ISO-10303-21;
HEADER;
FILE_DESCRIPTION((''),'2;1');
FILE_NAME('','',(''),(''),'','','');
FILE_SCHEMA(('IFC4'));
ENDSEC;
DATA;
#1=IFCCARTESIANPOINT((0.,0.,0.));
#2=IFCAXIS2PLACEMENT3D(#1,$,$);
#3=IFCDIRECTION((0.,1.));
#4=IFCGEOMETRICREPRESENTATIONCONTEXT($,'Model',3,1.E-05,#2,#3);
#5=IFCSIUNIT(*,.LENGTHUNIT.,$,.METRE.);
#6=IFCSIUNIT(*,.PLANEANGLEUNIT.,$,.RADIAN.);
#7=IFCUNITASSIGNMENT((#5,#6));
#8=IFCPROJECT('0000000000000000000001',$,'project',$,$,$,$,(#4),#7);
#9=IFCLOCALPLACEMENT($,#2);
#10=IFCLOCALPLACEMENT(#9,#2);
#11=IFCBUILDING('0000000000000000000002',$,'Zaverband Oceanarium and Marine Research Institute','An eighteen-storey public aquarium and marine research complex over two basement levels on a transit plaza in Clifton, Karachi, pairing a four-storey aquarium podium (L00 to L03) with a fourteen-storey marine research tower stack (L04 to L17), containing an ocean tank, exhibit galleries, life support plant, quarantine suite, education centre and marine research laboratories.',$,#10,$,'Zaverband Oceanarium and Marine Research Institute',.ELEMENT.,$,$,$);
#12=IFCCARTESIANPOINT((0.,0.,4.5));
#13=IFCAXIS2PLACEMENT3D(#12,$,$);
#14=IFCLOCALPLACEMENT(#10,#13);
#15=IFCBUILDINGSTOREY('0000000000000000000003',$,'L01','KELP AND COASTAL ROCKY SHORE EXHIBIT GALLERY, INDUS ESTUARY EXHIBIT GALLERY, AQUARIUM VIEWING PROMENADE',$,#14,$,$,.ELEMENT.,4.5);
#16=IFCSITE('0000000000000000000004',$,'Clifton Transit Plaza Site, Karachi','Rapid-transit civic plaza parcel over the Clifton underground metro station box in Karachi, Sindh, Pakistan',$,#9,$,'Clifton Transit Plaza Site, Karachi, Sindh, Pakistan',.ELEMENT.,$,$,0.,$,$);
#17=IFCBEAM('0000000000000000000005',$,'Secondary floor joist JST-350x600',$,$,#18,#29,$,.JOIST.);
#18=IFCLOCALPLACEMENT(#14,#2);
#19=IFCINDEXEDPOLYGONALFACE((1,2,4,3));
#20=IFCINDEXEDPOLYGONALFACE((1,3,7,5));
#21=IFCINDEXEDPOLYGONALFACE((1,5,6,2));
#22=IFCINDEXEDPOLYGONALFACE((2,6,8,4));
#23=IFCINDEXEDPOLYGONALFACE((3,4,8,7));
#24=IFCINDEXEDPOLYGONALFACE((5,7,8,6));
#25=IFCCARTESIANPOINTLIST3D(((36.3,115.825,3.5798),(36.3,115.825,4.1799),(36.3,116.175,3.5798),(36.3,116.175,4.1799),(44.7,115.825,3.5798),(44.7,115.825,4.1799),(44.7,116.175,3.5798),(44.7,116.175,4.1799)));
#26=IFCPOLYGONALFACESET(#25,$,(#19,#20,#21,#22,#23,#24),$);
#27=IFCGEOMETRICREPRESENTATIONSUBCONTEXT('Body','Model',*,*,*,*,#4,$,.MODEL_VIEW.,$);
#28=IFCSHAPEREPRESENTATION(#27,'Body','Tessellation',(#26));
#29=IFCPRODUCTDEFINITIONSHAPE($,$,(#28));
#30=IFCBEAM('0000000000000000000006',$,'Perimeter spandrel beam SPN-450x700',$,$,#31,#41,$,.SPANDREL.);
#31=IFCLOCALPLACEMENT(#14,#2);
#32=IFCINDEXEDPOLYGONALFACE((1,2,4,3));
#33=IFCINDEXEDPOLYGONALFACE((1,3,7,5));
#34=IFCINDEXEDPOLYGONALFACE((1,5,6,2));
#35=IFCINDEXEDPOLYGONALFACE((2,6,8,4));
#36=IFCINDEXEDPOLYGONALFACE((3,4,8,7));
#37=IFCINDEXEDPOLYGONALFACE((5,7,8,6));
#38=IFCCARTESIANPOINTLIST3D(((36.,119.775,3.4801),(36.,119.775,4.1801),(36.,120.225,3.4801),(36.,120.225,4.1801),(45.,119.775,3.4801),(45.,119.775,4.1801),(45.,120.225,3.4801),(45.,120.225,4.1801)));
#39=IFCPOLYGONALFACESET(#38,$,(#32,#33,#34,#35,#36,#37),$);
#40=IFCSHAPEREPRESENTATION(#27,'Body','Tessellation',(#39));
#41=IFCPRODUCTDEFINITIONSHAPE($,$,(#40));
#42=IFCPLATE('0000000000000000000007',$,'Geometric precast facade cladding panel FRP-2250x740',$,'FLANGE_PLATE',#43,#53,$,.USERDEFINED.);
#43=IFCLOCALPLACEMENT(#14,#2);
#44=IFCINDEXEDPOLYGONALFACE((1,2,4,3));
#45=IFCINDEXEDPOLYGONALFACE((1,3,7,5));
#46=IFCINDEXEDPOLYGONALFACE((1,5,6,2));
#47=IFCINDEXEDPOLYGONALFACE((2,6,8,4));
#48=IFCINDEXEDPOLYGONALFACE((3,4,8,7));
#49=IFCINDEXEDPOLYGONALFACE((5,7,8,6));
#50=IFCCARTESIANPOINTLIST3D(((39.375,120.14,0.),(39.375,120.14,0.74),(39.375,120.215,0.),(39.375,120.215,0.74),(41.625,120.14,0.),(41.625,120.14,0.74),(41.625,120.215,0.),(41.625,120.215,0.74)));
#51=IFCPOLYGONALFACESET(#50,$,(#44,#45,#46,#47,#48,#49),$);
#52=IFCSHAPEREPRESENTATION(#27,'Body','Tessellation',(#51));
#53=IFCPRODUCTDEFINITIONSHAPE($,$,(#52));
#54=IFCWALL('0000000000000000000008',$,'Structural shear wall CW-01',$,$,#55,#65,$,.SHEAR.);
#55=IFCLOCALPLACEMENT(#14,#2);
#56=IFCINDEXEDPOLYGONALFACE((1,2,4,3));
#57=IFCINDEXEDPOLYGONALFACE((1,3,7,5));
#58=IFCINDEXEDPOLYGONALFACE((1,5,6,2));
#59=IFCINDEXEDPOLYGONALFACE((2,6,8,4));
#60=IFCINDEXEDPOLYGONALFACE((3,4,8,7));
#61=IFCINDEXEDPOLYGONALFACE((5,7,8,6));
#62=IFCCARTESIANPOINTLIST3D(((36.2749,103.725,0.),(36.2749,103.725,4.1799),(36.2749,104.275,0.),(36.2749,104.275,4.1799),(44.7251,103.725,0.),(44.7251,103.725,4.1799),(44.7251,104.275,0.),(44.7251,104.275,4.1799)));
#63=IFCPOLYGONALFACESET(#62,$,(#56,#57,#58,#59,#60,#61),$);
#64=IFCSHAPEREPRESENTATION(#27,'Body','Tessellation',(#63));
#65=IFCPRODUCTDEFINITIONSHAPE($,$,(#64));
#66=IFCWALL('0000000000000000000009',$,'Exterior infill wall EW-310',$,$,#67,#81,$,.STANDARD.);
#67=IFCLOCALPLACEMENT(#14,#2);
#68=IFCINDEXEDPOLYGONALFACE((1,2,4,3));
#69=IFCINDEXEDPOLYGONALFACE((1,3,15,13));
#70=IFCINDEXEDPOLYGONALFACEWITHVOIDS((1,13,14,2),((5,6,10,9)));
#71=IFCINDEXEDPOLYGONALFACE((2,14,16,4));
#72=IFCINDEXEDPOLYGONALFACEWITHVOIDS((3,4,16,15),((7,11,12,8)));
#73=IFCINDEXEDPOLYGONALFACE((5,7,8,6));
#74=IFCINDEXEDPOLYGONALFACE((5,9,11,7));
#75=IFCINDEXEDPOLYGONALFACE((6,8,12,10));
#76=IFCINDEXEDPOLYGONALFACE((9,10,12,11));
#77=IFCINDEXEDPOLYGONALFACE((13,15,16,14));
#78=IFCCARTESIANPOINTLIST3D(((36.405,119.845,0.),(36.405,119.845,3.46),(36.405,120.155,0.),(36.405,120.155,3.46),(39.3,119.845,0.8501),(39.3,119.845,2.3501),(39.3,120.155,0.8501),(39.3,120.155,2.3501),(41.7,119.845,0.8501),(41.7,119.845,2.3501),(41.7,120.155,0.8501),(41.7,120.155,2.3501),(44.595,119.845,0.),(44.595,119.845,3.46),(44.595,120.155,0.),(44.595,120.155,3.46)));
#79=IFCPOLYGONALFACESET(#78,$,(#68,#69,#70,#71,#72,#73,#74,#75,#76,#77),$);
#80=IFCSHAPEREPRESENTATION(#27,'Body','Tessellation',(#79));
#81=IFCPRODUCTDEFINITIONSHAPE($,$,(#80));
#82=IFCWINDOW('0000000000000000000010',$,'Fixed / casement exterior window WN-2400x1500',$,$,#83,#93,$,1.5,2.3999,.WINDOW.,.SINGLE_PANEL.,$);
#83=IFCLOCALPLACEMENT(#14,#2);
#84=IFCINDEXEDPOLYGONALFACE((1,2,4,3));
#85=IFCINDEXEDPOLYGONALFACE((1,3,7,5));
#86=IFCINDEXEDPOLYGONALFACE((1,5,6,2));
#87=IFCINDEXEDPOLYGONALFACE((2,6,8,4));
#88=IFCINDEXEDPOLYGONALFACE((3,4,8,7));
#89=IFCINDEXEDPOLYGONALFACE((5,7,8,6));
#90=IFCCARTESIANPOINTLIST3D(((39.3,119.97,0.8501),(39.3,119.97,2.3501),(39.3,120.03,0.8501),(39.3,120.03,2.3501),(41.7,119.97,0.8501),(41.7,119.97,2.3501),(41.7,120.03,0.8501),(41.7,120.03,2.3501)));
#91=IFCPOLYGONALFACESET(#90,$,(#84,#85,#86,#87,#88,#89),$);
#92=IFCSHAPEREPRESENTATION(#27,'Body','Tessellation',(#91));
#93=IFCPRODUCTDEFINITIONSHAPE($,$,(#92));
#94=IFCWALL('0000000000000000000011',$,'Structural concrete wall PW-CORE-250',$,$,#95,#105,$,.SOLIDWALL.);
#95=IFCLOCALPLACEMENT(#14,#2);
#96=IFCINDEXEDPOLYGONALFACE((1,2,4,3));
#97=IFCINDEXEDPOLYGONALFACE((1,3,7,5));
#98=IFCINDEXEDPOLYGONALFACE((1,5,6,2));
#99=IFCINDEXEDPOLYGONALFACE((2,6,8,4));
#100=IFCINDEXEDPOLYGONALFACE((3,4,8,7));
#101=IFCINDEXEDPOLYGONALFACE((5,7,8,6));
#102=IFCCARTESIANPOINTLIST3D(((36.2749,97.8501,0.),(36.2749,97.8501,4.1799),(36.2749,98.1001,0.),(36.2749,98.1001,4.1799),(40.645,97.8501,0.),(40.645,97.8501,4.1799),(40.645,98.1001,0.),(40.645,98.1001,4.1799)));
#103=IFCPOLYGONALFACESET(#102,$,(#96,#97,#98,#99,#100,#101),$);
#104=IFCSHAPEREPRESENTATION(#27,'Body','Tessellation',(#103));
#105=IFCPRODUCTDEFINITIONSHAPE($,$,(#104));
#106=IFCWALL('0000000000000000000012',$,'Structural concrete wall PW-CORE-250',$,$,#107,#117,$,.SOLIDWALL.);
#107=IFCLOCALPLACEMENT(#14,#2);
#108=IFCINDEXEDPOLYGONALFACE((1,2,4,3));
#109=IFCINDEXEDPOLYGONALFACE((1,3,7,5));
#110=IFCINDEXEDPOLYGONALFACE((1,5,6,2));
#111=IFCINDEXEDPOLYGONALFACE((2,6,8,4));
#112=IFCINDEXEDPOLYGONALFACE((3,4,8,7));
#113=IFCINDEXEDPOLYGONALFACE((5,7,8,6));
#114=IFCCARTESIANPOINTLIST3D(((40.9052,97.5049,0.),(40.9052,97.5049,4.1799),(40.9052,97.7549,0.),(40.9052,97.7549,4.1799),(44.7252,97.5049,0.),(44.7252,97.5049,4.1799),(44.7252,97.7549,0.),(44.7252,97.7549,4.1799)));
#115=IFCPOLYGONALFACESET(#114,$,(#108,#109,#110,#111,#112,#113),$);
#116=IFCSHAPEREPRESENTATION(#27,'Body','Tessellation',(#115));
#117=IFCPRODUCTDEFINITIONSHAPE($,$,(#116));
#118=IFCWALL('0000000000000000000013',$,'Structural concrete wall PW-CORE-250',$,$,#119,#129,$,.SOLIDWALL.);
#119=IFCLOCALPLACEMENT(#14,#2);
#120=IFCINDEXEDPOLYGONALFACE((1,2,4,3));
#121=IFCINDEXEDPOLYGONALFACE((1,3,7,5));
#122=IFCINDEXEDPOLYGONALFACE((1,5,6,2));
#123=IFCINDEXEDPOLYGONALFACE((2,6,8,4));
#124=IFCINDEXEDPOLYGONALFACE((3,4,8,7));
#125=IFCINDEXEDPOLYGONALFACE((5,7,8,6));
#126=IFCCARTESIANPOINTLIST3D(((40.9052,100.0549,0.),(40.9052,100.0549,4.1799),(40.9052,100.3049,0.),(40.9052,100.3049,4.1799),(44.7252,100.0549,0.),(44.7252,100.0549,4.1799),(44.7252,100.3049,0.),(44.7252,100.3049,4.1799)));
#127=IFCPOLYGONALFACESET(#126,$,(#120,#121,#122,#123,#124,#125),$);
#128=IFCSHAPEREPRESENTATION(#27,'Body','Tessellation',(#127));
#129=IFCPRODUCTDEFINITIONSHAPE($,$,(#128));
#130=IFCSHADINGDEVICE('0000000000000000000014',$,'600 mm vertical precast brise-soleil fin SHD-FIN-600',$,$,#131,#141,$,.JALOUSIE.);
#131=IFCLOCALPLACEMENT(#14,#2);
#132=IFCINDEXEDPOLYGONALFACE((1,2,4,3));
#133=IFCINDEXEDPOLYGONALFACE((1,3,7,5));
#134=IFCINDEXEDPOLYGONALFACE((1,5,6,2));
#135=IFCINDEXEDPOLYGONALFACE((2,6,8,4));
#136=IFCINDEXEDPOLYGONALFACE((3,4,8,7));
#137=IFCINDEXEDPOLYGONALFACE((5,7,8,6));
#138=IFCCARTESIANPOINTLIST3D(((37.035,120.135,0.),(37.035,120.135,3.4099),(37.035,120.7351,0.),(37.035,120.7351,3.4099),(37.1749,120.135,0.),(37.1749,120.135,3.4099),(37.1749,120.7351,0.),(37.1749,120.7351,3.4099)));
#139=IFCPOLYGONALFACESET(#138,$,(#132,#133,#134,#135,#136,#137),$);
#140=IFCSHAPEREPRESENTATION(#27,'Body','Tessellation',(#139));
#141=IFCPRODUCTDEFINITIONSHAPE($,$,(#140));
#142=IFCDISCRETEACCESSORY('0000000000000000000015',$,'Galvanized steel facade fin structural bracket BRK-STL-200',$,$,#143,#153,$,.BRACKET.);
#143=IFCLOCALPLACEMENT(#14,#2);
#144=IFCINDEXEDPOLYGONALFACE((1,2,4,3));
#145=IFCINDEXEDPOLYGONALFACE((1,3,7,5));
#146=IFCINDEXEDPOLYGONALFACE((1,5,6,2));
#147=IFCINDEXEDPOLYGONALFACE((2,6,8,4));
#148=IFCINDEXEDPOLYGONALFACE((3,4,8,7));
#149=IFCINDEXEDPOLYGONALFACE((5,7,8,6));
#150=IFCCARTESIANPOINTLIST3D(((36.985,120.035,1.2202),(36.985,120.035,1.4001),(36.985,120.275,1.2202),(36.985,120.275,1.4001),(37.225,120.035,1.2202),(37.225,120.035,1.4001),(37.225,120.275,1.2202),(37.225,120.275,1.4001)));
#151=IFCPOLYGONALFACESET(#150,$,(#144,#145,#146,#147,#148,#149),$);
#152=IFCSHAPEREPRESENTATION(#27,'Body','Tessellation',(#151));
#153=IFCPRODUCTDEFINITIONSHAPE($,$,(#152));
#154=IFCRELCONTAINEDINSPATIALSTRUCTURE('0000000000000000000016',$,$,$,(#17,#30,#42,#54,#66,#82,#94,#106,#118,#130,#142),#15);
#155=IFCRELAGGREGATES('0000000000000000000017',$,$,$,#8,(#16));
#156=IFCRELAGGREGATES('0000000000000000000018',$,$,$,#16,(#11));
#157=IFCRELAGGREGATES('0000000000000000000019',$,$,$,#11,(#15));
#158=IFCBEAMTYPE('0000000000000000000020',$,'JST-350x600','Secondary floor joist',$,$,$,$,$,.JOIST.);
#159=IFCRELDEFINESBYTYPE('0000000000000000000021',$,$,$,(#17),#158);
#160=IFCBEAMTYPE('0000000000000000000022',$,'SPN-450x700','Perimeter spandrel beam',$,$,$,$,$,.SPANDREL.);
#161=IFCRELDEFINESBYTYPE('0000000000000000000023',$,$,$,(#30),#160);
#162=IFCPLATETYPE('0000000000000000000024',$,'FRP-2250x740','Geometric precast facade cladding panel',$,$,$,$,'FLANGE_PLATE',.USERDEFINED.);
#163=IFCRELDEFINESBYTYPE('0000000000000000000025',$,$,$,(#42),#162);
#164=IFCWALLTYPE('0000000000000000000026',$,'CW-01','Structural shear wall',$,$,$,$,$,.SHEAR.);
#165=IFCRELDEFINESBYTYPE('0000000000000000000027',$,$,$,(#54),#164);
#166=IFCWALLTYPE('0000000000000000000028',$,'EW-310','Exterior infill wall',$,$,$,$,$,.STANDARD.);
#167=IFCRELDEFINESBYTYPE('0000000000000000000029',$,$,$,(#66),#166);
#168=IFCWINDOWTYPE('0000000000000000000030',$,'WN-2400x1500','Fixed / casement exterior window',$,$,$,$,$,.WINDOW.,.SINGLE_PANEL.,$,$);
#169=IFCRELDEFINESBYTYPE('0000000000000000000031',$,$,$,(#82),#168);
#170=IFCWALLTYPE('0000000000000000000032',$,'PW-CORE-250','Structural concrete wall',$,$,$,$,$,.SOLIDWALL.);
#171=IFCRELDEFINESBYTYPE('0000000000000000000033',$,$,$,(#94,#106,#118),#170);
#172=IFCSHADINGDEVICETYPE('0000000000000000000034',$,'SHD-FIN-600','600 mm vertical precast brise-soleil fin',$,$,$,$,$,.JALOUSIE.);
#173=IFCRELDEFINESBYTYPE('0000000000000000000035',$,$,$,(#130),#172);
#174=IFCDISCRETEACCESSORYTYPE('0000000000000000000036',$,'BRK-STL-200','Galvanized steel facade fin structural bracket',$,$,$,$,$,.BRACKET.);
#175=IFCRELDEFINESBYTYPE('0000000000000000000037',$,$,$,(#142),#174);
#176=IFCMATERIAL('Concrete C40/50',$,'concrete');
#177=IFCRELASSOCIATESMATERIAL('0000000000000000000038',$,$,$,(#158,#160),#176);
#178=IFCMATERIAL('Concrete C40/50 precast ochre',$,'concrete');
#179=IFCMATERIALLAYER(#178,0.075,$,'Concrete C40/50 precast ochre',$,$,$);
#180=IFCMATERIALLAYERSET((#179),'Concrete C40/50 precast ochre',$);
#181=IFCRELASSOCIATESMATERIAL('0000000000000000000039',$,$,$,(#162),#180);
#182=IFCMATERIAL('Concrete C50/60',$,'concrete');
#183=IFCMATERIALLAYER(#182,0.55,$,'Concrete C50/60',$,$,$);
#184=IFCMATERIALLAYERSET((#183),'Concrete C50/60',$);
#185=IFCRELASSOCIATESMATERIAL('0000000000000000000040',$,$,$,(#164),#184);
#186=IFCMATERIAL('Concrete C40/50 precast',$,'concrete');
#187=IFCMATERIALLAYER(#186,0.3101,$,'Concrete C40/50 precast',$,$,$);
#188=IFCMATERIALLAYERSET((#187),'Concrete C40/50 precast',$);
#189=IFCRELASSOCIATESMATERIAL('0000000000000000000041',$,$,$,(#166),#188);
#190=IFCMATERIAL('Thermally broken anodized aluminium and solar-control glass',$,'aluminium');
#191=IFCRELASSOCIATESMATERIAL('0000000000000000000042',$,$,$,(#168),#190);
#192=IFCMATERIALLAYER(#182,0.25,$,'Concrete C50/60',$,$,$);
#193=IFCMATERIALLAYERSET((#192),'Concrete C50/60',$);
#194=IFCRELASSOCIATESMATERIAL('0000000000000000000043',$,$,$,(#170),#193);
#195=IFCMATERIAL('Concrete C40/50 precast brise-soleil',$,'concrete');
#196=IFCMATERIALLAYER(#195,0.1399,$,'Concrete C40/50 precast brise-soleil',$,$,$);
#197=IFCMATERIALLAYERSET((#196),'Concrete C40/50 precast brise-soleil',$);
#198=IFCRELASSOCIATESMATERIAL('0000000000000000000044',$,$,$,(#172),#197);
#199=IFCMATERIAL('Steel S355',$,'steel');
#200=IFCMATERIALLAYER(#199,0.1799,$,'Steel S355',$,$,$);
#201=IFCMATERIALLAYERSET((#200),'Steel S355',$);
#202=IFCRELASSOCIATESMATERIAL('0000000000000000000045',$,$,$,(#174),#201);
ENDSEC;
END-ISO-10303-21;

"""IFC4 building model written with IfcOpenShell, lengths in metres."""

from ifc_helpers import new_model, si_unit, direction, frame, frame_2d, origin, origin_2d, place, context, subcontext, project, spatial, rectangle, extrude, material, layer, layer_set, material_profile, profile_set, type_object, element, fill, save


model = new_model("IFC4")

# Units and contexts
model_context = context("Model", 3, precision=1e-05, world=origin(), true_north=direction((0.0, 1.0)))
body_context = subcontext(model_context, "Body", "Model", "MODEL_VIEW")
ifc_project = project(units=[si_unit("LENGTHUNIT", "METRE"), si_unit("PLANEANGLEUNIT", "RADIAN")], contexts=[model_context])

# Site, building, storey
site_placement = place(None, origin())
site = spatial("IfcSite", under=ifc_project, at=site_placement, Name="Clifton Transit Plaza Site, Karachi", Description="Rapid-transit civic plaza parcel over the Clifton underground metro station box in Karachi, Sindh, Pakistan", LongName="Clifton Transit Plaza Site, Karachi, Sindh, Pakistan", CompositionType="ELEMENT", RefElevation=0.0)
building_placement = place(site_placement, origin())
building = spatial("IfcBuilding", under=site, at=building_placement, Name="Zaverband Oceanarium and Marine Research Institute", Description="An eighteen-storey public aquarium and marine research complex over two basement levels on a transit plaza in Clifton, Karachi, pairing a four-storey aquarium podium (L00 to L03) with a fourteen-storey marine research tower stack (L04 to L17), containing an ocean tank, exhibit galleries, life support plant, quarantine suite, education centre and marine research laboratories.", LongName="Zaverband Oceanarium and Marine Research Institute", CompositionType="ELEMENT")
storey_placement = place(building_placement, frame((0.0, 0.0, 4.5)))
storey = spatial("IfcBuildingStorey", under=building, at=storey_placement, Name="L01", Description="KELP AND COASTAL ROCKY SHORE EXHIBIT GALLERY, INDUS ESTUARY EXHIBIT GALLERY, AQUARIUM VIEWING PROMENADE", CompositionType="ELEMENT", Elevation=4.5)

# Shared definitions
ifc_material_1 = material(Name="Concrete C50/60", Category="concrete")

# Beams
ifc_material_2 = material(Name="Concrete C40/50", Category="concrete")
ifc_material_profile_1 = material_profile(ifc_material_2, rectangle(XDim=0.3501, YDim=0.6001, at=origin_2d()), Name="RC350x600")
ifc_profile_set_1 = profile_set([ifc_material_profile_1], Name="Concrete C40/50")
beam_type_1 = type_object("IfcBeamType", Name="JST-350x600", Description="Secondary floor joist", PredefinedType="JOIST", material=ifc_profile_set_1)
for number, where, z_axis, x_axis, name in (
    (1, (36.3, 116.0, 3.8799), (1.0, 0.0, 0.0), (0.0, 1.0, 0.0), "Secondary floor joist JST-350x600"),
):
    element("IfcBeam", number, at=place(storey_placement, frame(where, z_axis=z_axis, x_axis=x_axis)), inside=storey, type_object=beam_type_1, Name=name, PredefinedType="JOIST", context=body_context, shape_type="SweptSolid", body=[
        extrude(rectangle(XDim=0.3501, YDim=0.6001, at=origin_2d()), origin(), (0.0, 0.0, 1.0), 8.3999),
    ])
ifc_material_profile_2 = material_profile(ifc_material_2, rectangle(XDim=0.45, YDim=0.7, at=origin_2d()), Name="RC450x700")
ifc_profile_set_2 = profile_set([ifc_material_profile_2], Name="Concrete C40/50")
beam_type_2 = type_object("IfcBeamType", Name="SPN-450x700", Description="Perimeter spandrel beam", PredefinedType="SPANDREL", material=ifc_profile_set_2)
beam_placement = place(storey_placement, frame((36.0, 120.0, 3.8301), z_axis=(1.0, 0.0, 0.0), x_axis=(0.0, 1.0, 0.0)))
element("IfcBeam", 2, at=beam_placement, inside=storey, type_object=beam_type_2, Name="Perimeter spandrel beam SPN-450x700", PredefinedType="SPANDREL", context=body_context, shape_type="SweptSolid", body=[
    extrude(rectangle(XDim=0.45, YDim=0.7, at=origin_2d()), origin(), (0.0, 0.0, 1.0), 9.0),
])

# Plate
ifc_material_3 = material(Name="Concrete C40/50 precast ochre", Category="concrete")
ifc_layer_1 = layer(ifc_material_3, 0.075, Name="Concrete C40/50 precast ochre")
ifc_layer_set_1 = layer_set([ifc_layer_1], Name="Concrete C40/50 precast ochre")
plate_type = type_object("IfcPlateType", Name="FRP-2250x740", Description="Geometric precast facade cladding panel", ElementType="FLANGE_PLATE", PredefinedType="USERDEFINED", material=ifc_layer_set_1)
plate_placement = place(storey_placement, frame((39.375, 120.1775, 0.0), z_axis=(0.0, 0.0, 1.0), x_axis=(1.0, 0.0, 0.0)))
element("IfcPlate", 3, at=plate_placement, inside=storey, type_object=plate_type, Name="Geometric precast facade cladding panel FRP-2250x740", ObjectType="FLANGE_PLATE", PredefinedType="USERDEFINED", context=body_context, shape_type="SweptSolid", body=[
    extrude(rectangle(XDim=2.25, YDim=0.075, at=frame_2d((1.125, 0.0))), origin(), (0.0, 0.0, 1.0), 0.74),
])

# Wall
ifc_layer_2 = layer(ifc_material_1, 0.55, Name="Concrete C50/60")
ifc_layer_set_2 = layer_set([ifc_layer_2], Name="Concrete C50/60")
wall_type_1 = type_object("IfcWallType", Name="CW-01", Description="Structural shear wall", PredefinedType="SHEAR", material=ifc_layer_set_2)
wall_1_placement = place(storey_placement, frame((36.2749, 104.0, 0.0), z_axis=(0.0, 0.0, 1.0), x_axis=(1.0, 0.0, 0.0)))
element("IfcWall", 4, at=wall_1_placement, inside=storey, type_object=wall_type_1, Name="Structural shear wall CW-01", PredefinedType="SHEAR", context=body_context, shape_type="SweptSolid", body=[
    extrude(rectangle(XDim=8.4502, YDim=0.55, at=frame_2d((4.2251, 0.0))), origin(), (0.0, 0.0, 1.0), 4.1799),
])

# Wall, opening, window
ifc_material_4 = material(Name="Concrete C40/50 precast", Category="concrete")
ifc_layer_3 = layer(ifc_material_4, 0.3101, Name="Concrete C40/50 precast")
ifc_layer_set_3 = layer_set([ifc_layer_3], Name="Concrete C40/50 precast")
wall_type_2 = type_object("IfcWallType", Name="EW-310", Description="Exterior infill wall", PredefinedType="STANDARD", material=ifc_layer_set_3)
wall_2_placement = place(storey_placement, frame((36.405, 120.0, 0.0), z_axis=(0.0, 0.0, 1.0), x_axis=(1.0, 0.0, 0.0)))
wall_2 = element("IfcWall", 5, at=wall_2_placement, inside=storey, type_object=wall_type_2, Name="Exterior infill wall EW-310", PredefinedType="STANDARD", context=body_context, shape_type="SweptSolid", body=[
    extrude(rectangle(XDim=8.1899, YDim=0.3101, at=frame_2d((4.095, 0.0))), origin(), (0.0, 0.0, 1.0), 3.46),
])
opening_placement = place(wall_2_placement, frame((2.895, 0.0, 0.8501)))
opening = element("IfcOpeningElement", 6, at=opening_placement, cuts=wall_2, PredefinedType="OPENING", context=body_context, shape_type="SweptSolid", body=[
    extrude(rectangle(XDim=2.3999, YDim=1.5, at=frame_2d((1.2, 0.75))), frame((0.0, 0.167, 0.0), z_axis=(0.0, -1.0, 0.0), x_axis=(1.0, 0.0, 0.0)), (0.0, 0.0, 1.0), 0.334),
])
ifc_material_5 = material(Name="Thermally broken anodized aluminium and solar-control glass", Category="aluminium")
window_type = type_object("IfcWindowType", Name="WN-2400x1500", Description="Fixed / casement exterior window", PartitioningType="SINGLE_PANEL", PredefinedType="WINDOW", material=ifc_material_5)
window_placement = place(opening_placement, origin())
window = element("IfcWindow", 7, at=window_placement, inside=storey, type_object=window_type, Name="Fixed / casement exterior window WN-2400x1500", OverallHeight=1.5, OverallWidth=2.3999, PartitioningType="SINGLE_PANEL", PredefinedType="WINDOW", context=body_context, shape_type="SweptSolid", body=[
    extrude(rectangle(XDim=2.3999, YDim=1.5, at=frame_2d((1.2, 0.75))), frame((0.0, 0.03, 0.0), z_axis=(0.0, -1.0, 0.0), x_axis=(1.0, 0.0, 0.0)), (0.0, 0.0, 1.0), 0.0601),
])
fill(opening, window)

# Walls
ifc_layer_4 = layer(ifc_material_1, 0.25, Name="Concrete C50/60")
ifc_layer_set_4 = layer_set([ifc_layer_4], Name="Concrete C50/60")
wall_type_3 = type_object("IfcWallType", Name="PW-CORE-250", Description="Structural concrete wall", PredefinedType="SOLIDWALL", material=ifc_layer_set_4)
wall_3_placement = place(storey_placement, frame((36.2749, 97.9751, 0.0), z_axis=(0.0, 0.0, 1.0), x_axis=(1.0, 0.0, 0.0)))
element("IfcWall", 8, at=wall_3_placement, inside=storey, type_object=wall_type_3, Name="Structural concrete wall PW-CORE-250", PredefinedType="SOLIDWALL", context=body_context, shape_type="SweptSolid", body=[
    extrude(rectangle(XDim=4.3701, YDim=0.25, at=frame_2d((2.1851, 0.0))), origin(), (0.0, 0.0, 1.0), 4.1799),
])
for number, where, z_axis, x_axis, name in (
    (9, (40.905, 97.6299, 0.0), (0.0, 0.0, 1.0), (1.0, 0.0, 0.0), "Structural concrete wall PW-CORE-250"),
    (10, (40.905, 100.1799, 0.0), (0.0, 0.0, 1.0), (1.0, 0.0, 0.0), "Structural concrete wall PW-CORE-250"),
):
    element("IfcWall", number, at=place(storey_placement, frame(where, z_axis=z_axis, x_axis=x_axis)), inside=storey, type_object=wall_type_3, Name=name, PredefinedType="SOLIDWALL", context=body_context, shape_type="SweptSolid", body=[
        extrude(rectangle(XDim=3.8201, YDim=0.25, at=frame_2d((1.9102, 0.0))), origin(), (0.0, 0.0, 1.0), 4.1799),
    ])

# Shading device
ifc_material_6 = material(Name="Concrete C40/50 precast brise-soleil", Category="concrete")
ifc_layer_5 = layer(ifc_material_6, 0.1399, Name="Concrete C40/50 precast brise-soleil")
ifc_layer_set_5 = layer_set([ifc_layer_5], Name="Concrete C40/50 precast brise-soleil")
shading_device_type = type_object("IfcShadingDeviceType", Name="SHD-FIN-600", Description="600 mm vertical precast brise-soleil fin", PredefinedType="JALOUSIE", material=ifc_layer_set_5)
shading_device_placement = place(storey_placement, frame((37.105, 120.135, 0.0), z_axis=(0.0, 0.0, 1.0), x_axis=(0.0, 1.0, 0.0)))
element("IfcShadingDevice", 11, at=shading_device_placement, inside=storey, type_object=shading_device_type, Name="600 mm vertical precast brise-soleil fin SHD-FIN-600", PredefinedType="JALOUSIE", context=body_context, shape_type="SweptSolid", body=[
    extrude(rectangle(XDim=0.6001, YDim=0.1399, at=frame_2d((0.3, 0.0))), origin(), (0.0, 0.0, 1.0), 3.4099),
])

# Discrete accessory
ifc_material_7 = material(Name="Steel S355", Category="steel")
ifc_layer_6 = layer(ifc_material_7, 0.1799, Name="Steel S355")
ifc_layer_set_6 = layer_set([ifc_layer_6], Name="Steel S355")
discrete_accessory_type = type_object("IfcDiscreteAccessoryType", Name="BRK-STL-200", Description="Galvanized steel facade fin structural bracket", PredefinedType="BRACKET", material=ifc_layer_set_6)
discrete_accessory_placement = place(storey_placement, frame((37.105, 120.155, 1.2202), z_axis=(0.0, 0.0, 1.0), x_axis=(1.0, 0.0, 0.0)))
element("IfcDiscreteAccessory", 12, at=discrete_accessory_placement, inside=storey, type_object=discrete_accessory_type, Name="Galvanized steel facade fin structural bracket BRK-STL-200", PredefinedType="BRACKET", context=body_context, shape_type="SweptSolid", body=[
    extrude(rectangle(XDim=0.24, YDim=0.24, at=origin_2d()), origin(), (0.0, 0.0, 1.0), 0.1799),
])

save(model, "model.ifc")
